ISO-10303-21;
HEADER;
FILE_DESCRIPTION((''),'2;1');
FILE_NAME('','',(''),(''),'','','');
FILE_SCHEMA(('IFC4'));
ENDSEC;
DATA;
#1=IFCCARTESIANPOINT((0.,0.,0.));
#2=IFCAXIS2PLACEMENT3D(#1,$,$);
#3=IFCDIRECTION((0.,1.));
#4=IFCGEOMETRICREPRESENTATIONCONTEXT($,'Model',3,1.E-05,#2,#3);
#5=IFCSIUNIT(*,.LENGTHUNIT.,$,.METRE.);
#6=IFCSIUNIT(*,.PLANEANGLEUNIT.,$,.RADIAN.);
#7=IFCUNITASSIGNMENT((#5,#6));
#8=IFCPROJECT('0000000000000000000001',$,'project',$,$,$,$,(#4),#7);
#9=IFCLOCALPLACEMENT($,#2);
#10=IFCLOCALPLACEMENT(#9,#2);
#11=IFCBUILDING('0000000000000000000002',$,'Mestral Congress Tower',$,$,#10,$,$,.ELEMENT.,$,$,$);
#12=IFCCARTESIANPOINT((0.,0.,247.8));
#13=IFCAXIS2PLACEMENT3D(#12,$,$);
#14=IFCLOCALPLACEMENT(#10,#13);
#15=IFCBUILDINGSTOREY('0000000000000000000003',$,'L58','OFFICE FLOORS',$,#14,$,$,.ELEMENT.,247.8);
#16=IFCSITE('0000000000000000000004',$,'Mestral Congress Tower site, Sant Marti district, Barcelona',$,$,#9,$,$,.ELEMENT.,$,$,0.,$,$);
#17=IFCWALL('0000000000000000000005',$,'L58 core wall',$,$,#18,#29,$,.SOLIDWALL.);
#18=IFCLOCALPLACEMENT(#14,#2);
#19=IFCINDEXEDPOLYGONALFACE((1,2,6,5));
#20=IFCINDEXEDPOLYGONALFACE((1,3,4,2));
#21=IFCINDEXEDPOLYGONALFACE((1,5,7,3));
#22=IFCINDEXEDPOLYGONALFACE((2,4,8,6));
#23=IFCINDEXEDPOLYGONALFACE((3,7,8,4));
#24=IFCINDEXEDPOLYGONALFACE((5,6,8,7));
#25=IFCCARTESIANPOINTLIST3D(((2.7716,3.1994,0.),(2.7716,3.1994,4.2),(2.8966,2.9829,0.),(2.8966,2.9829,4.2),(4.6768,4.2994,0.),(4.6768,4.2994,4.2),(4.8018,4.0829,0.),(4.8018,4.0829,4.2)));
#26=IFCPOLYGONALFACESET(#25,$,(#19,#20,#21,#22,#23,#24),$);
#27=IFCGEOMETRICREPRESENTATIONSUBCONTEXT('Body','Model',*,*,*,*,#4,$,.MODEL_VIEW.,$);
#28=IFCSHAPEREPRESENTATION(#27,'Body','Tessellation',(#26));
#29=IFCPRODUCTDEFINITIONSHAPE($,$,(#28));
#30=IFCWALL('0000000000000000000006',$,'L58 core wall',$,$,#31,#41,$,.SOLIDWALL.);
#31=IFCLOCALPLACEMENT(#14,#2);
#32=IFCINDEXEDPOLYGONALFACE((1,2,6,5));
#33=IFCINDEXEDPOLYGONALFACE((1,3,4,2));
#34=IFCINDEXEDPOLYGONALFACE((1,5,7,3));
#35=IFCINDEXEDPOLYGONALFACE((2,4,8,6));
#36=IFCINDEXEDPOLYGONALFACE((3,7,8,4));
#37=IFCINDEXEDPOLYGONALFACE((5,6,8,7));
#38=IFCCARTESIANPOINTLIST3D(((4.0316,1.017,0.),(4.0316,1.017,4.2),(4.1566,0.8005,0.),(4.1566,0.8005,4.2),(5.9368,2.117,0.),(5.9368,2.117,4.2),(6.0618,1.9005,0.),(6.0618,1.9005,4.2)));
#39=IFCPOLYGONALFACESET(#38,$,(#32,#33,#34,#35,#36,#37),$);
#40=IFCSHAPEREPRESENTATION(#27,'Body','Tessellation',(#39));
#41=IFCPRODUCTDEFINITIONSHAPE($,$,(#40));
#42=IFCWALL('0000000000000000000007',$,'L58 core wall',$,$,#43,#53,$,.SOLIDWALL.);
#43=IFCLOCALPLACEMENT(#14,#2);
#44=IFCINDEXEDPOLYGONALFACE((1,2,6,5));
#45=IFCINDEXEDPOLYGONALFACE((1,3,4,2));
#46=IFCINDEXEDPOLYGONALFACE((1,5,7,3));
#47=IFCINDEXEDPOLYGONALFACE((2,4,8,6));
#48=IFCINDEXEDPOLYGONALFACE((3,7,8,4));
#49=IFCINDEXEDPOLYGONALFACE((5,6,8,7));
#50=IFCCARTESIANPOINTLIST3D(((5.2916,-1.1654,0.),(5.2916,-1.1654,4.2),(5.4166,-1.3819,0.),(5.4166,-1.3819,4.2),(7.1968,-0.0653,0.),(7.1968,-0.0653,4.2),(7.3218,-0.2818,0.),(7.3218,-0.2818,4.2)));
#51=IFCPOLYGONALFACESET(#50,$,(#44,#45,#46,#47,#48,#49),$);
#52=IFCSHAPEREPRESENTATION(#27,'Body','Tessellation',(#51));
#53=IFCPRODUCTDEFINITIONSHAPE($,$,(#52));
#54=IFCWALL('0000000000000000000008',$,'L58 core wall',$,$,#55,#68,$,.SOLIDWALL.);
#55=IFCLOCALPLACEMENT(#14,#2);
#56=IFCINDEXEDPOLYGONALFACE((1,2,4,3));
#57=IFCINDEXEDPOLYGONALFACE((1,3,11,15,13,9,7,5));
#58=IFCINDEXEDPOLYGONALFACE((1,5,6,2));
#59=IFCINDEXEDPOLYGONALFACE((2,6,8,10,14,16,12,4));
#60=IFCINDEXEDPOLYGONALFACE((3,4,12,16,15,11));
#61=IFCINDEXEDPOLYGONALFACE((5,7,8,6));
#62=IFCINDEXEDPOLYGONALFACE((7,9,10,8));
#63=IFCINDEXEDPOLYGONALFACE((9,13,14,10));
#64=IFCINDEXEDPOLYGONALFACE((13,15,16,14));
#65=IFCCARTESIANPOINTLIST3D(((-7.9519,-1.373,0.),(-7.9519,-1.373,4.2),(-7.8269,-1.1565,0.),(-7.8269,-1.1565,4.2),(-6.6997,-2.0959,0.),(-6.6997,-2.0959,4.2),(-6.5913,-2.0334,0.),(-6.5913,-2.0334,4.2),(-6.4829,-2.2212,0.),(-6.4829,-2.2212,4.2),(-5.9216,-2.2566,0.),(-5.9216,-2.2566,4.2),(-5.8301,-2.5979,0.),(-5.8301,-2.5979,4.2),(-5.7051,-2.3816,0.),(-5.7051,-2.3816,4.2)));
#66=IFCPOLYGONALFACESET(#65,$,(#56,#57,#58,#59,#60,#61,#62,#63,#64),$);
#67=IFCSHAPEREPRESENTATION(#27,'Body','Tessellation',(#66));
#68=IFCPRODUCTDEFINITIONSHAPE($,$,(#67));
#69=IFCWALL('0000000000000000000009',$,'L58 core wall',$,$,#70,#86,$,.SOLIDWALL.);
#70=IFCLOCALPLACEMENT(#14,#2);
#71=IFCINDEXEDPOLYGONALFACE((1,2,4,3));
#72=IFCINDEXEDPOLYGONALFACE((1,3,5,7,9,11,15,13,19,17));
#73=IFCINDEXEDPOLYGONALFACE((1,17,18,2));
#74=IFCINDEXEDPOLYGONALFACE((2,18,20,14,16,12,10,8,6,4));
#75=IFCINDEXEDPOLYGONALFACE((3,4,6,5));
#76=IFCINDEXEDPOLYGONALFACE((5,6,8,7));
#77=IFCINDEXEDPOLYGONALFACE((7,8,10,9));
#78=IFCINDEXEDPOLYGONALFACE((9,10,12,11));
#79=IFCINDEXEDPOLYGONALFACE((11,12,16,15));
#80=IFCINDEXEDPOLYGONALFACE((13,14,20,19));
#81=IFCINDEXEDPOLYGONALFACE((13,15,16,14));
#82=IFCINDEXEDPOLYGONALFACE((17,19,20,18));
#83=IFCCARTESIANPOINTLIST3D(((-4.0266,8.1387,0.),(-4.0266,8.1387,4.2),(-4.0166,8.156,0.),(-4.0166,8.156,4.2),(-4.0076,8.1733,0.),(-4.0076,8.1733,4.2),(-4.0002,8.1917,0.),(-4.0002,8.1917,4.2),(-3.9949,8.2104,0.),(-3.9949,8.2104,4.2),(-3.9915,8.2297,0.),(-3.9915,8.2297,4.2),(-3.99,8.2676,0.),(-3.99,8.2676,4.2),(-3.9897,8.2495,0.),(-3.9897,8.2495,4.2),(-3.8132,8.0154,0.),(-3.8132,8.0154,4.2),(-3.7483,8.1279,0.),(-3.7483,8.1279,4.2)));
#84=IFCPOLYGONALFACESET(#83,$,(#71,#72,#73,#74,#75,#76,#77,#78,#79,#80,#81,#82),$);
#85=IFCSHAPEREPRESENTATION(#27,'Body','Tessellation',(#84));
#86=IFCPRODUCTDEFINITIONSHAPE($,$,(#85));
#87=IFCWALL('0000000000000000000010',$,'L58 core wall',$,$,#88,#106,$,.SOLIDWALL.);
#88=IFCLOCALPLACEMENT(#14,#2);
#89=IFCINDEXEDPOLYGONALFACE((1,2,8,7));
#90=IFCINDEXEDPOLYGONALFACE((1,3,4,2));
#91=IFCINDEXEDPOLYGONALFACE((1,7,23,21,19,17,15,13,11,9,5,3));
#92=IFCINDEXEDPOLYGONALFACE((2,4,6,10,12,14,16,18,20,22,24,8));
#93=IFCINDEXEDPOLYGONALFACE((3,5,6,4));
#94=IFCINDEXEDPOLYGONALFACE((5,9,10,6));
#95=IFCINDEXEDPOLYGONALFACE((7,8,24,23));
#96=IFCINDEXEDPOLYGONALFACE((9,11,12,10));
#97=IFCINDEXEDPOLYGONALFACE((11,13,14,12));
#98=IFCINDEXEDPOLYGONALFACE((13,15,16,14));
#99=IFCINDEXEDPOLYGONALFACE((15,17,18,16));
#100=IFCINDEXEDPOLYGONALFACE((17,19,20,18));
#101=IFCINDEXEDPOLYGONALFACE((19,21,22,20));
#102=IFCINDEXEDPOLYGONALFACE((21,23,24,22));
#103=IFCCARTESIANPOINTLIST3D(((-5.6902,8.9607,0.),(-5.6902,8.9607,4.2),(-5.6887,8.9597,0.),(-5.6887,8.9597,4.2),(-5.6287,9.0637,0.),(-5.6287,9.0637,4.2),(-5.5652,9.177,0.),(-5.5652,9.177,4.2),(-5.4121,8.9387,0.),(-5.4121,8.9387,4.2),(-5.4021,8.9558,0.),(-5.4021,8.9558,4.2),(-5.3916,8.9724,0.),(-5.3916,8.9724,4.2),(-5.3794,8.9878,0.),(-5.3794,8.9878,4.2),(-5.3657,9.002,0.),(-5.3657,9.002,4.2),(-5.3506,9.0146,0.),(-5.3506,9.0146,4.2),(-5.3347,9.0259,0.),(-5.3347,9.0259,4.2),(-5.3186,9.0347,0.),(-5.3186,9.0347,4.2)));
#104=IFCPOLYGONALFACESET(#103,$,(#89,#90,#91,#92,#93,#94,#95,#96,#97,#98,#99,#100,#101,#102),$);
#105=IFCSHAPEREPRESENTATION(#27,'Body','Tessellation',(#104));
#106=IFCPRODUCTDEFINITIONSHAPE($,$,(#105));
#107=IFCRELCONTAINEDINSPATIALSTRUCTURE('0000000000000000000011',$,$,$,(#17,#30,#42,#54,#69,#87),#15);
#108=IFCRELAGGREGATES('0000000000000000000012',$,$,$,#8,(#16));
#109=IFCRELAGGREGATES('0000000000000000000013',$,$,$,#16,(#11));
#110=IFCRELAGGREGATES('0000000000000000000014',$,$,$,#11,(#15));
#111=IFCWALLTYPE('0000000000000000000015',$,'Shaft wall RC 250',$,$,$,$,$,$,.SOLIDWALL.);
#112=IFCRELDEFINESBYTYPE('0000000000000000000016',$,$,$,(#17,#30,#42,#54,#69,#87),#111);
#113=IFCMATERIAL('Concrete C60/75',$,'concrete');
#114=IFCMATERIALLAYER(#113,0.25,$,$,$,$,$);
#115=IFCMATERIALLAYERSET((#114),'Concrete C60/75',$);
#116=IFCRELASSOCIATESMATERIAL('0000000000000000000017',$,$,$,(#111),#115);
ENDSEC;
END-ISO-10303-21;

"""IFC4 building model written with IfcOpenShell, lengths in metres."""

from ifc_helpers import new_model, si_unit, direction, frame, frame_2d, origin, place, context, subcontext, project, spatial, polyline, rectangle, outline, extrude, material, layer, layer_set, type_object, element, save


model = new_model("IFC4")

# Units and contexts
model_context = context("Model", 3, precision=1e-05, world=origin(), true_north=direction((0.0, 1.0)))
body_context = subcontext(model_context, "Body", "Model", "MODEL_VIEW")
ifc_project = project(units=[si_unit("LENGTHUNIT", "METRE"), si_unit("PLANEANGLEUNIT", "RADIAN")], contexts=[model_context])

# Site, building, storey
site_placement = place(None, origin())
site = spatial("IfcSite", under=ifc_project, at=site_placement, Name="Mestral Congress Tower site, Sant Marti district, Barcelona", CompositionType="ELEMENT", RefElevation=0.0)
building_placement = place(site_placement, origin())
building = spatial("IfcBuilding", under=site, at=building_placement, Name="Mestral Congress Tower", CompositionType="ELEMENT")
storey_placement = place(building_placement, frame((0.0, 0.0, 247.8)))
storey = spatial("IfcBuildingStorey", under=building, at=storey_placement, Name="L58", Description="OFFICE FLOORS", CompositionType="ELEMENT", Elevation=247.8)

# Walls
ifc_material_1 = material(Name="Concrete C60/75", Category="concrete")
placement = place(storey_placement, origin())
ifc_layer_1 = layer(ifc_material_1, 0.25)
ifc_layer_set_1 = layer_set([ifc_layer_1], Name="Concrete C60/75")
wall_type_1 = type_object("IfcWallType", Name="Shaft wall RC 250", PredefinedType="SOLIDWALL", material=ifc_layer_set_1)
for number, where, z_axis, x_axis, name in (
    (1, (2.834, 3.0911, 0.0), (0.0, 0.0, 1.0), (0.866008, 0.50003, 0.0), "L58 core wall"),
    (2, (4.094, 0.9087, 0.0), (0.0, 0.0, 1.0), (0.866008, 0.50003, 0.0), "L58 core wall"),
    (3, (5.354, -1.2737, 0.0), (0.0, 0.0, 1.0), (0.866008, 0.50003, 0.0), "L58 core wall"),
):
    element("IfcWall", number, at=place(storey_placement, frame(where, z_axis=z_axis, x_axis=x_axis)), inside=storey, type_object=wall_type_1, Name=name, PredefinedType="SOLIDWALL", context=body_context, shape_type="SweptSolid", body=[
        extrude(rectangle(XDim=2.2, YDim=0.25, at=frame_2d((1.1001, 0.0))), origin(), (0.0, 0.0, 1.0), 4.2),
    ])
element("IfcWall", 4, at=placement, inside=storey, type_object=wall_type_1, Name="L58 core wall", PredefinedType="SOLIDWALL", context=body_context, shape_type="SweptSolid", body=[
    extrude(outline(polyline([(-5.9216, -2.2566), (-5.9216, -2.2566), (-5.7051, -2.3816), (-5.8301, -2.5979), (-6.4829, -2.2212), (-6.5913, -2.0334), (-6.5913, -2.0334), (-6.6997, -2.0959), (-7.9519, -1.373), (-7.8269, -1.1565), (-5.9216, -2.2566)])), origin(), (0.0, 0.0, 1.0), 4.2),
])
element("IfcWall", 5, at=placement, inside=storey, type_object=wall_type_1, Name="L58 core wall", PredefinedType="SOLIDWALL", context=body_context, shape_type="SweptSolid", body=[
    extrude(outline(polyline([(-3.7483, 8.1279), (-3.8132, 8.0154), (-4.0266, 8.1387), (-4.0166, 8.156), (-4.0076, 8.1733), (-4.0002, 8.1917), (-3.9949, 8.2104), (-3.9915, 8.2297), (-3.9897, 8.2495), (-3.99, 8.2676), (-3.7483, 8.1279)])), origin(), (0.0, 0.0, 1.0), 4.2),
])
element("IfcWall", 6, at=placement, inside=storey, type_object=wall_type_1, Name="L58 core wall", PredefinedType="SOLIDWALL", context=body_context, shape_type="SweptSolid", body=[
    extrude(outline(polyline([(-5.6887, 8.9597), (-5.6902, 8.9607), (-5.5652, 9.177), (-5.3186, 9.0347), (-5.3347, 9.0259), (-5.3506, 9.0146), (-5.3657, 9.002), (-5.3794, 8.9878), (-5.3916, 8.9724), (-5.4021, 8.9558), (-5.4121, 8.9387), (-5.6287, 9.0637), (-5.6287, 9.0637), (-5.6887, 8.9597)])), origin(), (0.0, 0.0, 1.0), 4.2),
])

save(model, "model.ifc")
